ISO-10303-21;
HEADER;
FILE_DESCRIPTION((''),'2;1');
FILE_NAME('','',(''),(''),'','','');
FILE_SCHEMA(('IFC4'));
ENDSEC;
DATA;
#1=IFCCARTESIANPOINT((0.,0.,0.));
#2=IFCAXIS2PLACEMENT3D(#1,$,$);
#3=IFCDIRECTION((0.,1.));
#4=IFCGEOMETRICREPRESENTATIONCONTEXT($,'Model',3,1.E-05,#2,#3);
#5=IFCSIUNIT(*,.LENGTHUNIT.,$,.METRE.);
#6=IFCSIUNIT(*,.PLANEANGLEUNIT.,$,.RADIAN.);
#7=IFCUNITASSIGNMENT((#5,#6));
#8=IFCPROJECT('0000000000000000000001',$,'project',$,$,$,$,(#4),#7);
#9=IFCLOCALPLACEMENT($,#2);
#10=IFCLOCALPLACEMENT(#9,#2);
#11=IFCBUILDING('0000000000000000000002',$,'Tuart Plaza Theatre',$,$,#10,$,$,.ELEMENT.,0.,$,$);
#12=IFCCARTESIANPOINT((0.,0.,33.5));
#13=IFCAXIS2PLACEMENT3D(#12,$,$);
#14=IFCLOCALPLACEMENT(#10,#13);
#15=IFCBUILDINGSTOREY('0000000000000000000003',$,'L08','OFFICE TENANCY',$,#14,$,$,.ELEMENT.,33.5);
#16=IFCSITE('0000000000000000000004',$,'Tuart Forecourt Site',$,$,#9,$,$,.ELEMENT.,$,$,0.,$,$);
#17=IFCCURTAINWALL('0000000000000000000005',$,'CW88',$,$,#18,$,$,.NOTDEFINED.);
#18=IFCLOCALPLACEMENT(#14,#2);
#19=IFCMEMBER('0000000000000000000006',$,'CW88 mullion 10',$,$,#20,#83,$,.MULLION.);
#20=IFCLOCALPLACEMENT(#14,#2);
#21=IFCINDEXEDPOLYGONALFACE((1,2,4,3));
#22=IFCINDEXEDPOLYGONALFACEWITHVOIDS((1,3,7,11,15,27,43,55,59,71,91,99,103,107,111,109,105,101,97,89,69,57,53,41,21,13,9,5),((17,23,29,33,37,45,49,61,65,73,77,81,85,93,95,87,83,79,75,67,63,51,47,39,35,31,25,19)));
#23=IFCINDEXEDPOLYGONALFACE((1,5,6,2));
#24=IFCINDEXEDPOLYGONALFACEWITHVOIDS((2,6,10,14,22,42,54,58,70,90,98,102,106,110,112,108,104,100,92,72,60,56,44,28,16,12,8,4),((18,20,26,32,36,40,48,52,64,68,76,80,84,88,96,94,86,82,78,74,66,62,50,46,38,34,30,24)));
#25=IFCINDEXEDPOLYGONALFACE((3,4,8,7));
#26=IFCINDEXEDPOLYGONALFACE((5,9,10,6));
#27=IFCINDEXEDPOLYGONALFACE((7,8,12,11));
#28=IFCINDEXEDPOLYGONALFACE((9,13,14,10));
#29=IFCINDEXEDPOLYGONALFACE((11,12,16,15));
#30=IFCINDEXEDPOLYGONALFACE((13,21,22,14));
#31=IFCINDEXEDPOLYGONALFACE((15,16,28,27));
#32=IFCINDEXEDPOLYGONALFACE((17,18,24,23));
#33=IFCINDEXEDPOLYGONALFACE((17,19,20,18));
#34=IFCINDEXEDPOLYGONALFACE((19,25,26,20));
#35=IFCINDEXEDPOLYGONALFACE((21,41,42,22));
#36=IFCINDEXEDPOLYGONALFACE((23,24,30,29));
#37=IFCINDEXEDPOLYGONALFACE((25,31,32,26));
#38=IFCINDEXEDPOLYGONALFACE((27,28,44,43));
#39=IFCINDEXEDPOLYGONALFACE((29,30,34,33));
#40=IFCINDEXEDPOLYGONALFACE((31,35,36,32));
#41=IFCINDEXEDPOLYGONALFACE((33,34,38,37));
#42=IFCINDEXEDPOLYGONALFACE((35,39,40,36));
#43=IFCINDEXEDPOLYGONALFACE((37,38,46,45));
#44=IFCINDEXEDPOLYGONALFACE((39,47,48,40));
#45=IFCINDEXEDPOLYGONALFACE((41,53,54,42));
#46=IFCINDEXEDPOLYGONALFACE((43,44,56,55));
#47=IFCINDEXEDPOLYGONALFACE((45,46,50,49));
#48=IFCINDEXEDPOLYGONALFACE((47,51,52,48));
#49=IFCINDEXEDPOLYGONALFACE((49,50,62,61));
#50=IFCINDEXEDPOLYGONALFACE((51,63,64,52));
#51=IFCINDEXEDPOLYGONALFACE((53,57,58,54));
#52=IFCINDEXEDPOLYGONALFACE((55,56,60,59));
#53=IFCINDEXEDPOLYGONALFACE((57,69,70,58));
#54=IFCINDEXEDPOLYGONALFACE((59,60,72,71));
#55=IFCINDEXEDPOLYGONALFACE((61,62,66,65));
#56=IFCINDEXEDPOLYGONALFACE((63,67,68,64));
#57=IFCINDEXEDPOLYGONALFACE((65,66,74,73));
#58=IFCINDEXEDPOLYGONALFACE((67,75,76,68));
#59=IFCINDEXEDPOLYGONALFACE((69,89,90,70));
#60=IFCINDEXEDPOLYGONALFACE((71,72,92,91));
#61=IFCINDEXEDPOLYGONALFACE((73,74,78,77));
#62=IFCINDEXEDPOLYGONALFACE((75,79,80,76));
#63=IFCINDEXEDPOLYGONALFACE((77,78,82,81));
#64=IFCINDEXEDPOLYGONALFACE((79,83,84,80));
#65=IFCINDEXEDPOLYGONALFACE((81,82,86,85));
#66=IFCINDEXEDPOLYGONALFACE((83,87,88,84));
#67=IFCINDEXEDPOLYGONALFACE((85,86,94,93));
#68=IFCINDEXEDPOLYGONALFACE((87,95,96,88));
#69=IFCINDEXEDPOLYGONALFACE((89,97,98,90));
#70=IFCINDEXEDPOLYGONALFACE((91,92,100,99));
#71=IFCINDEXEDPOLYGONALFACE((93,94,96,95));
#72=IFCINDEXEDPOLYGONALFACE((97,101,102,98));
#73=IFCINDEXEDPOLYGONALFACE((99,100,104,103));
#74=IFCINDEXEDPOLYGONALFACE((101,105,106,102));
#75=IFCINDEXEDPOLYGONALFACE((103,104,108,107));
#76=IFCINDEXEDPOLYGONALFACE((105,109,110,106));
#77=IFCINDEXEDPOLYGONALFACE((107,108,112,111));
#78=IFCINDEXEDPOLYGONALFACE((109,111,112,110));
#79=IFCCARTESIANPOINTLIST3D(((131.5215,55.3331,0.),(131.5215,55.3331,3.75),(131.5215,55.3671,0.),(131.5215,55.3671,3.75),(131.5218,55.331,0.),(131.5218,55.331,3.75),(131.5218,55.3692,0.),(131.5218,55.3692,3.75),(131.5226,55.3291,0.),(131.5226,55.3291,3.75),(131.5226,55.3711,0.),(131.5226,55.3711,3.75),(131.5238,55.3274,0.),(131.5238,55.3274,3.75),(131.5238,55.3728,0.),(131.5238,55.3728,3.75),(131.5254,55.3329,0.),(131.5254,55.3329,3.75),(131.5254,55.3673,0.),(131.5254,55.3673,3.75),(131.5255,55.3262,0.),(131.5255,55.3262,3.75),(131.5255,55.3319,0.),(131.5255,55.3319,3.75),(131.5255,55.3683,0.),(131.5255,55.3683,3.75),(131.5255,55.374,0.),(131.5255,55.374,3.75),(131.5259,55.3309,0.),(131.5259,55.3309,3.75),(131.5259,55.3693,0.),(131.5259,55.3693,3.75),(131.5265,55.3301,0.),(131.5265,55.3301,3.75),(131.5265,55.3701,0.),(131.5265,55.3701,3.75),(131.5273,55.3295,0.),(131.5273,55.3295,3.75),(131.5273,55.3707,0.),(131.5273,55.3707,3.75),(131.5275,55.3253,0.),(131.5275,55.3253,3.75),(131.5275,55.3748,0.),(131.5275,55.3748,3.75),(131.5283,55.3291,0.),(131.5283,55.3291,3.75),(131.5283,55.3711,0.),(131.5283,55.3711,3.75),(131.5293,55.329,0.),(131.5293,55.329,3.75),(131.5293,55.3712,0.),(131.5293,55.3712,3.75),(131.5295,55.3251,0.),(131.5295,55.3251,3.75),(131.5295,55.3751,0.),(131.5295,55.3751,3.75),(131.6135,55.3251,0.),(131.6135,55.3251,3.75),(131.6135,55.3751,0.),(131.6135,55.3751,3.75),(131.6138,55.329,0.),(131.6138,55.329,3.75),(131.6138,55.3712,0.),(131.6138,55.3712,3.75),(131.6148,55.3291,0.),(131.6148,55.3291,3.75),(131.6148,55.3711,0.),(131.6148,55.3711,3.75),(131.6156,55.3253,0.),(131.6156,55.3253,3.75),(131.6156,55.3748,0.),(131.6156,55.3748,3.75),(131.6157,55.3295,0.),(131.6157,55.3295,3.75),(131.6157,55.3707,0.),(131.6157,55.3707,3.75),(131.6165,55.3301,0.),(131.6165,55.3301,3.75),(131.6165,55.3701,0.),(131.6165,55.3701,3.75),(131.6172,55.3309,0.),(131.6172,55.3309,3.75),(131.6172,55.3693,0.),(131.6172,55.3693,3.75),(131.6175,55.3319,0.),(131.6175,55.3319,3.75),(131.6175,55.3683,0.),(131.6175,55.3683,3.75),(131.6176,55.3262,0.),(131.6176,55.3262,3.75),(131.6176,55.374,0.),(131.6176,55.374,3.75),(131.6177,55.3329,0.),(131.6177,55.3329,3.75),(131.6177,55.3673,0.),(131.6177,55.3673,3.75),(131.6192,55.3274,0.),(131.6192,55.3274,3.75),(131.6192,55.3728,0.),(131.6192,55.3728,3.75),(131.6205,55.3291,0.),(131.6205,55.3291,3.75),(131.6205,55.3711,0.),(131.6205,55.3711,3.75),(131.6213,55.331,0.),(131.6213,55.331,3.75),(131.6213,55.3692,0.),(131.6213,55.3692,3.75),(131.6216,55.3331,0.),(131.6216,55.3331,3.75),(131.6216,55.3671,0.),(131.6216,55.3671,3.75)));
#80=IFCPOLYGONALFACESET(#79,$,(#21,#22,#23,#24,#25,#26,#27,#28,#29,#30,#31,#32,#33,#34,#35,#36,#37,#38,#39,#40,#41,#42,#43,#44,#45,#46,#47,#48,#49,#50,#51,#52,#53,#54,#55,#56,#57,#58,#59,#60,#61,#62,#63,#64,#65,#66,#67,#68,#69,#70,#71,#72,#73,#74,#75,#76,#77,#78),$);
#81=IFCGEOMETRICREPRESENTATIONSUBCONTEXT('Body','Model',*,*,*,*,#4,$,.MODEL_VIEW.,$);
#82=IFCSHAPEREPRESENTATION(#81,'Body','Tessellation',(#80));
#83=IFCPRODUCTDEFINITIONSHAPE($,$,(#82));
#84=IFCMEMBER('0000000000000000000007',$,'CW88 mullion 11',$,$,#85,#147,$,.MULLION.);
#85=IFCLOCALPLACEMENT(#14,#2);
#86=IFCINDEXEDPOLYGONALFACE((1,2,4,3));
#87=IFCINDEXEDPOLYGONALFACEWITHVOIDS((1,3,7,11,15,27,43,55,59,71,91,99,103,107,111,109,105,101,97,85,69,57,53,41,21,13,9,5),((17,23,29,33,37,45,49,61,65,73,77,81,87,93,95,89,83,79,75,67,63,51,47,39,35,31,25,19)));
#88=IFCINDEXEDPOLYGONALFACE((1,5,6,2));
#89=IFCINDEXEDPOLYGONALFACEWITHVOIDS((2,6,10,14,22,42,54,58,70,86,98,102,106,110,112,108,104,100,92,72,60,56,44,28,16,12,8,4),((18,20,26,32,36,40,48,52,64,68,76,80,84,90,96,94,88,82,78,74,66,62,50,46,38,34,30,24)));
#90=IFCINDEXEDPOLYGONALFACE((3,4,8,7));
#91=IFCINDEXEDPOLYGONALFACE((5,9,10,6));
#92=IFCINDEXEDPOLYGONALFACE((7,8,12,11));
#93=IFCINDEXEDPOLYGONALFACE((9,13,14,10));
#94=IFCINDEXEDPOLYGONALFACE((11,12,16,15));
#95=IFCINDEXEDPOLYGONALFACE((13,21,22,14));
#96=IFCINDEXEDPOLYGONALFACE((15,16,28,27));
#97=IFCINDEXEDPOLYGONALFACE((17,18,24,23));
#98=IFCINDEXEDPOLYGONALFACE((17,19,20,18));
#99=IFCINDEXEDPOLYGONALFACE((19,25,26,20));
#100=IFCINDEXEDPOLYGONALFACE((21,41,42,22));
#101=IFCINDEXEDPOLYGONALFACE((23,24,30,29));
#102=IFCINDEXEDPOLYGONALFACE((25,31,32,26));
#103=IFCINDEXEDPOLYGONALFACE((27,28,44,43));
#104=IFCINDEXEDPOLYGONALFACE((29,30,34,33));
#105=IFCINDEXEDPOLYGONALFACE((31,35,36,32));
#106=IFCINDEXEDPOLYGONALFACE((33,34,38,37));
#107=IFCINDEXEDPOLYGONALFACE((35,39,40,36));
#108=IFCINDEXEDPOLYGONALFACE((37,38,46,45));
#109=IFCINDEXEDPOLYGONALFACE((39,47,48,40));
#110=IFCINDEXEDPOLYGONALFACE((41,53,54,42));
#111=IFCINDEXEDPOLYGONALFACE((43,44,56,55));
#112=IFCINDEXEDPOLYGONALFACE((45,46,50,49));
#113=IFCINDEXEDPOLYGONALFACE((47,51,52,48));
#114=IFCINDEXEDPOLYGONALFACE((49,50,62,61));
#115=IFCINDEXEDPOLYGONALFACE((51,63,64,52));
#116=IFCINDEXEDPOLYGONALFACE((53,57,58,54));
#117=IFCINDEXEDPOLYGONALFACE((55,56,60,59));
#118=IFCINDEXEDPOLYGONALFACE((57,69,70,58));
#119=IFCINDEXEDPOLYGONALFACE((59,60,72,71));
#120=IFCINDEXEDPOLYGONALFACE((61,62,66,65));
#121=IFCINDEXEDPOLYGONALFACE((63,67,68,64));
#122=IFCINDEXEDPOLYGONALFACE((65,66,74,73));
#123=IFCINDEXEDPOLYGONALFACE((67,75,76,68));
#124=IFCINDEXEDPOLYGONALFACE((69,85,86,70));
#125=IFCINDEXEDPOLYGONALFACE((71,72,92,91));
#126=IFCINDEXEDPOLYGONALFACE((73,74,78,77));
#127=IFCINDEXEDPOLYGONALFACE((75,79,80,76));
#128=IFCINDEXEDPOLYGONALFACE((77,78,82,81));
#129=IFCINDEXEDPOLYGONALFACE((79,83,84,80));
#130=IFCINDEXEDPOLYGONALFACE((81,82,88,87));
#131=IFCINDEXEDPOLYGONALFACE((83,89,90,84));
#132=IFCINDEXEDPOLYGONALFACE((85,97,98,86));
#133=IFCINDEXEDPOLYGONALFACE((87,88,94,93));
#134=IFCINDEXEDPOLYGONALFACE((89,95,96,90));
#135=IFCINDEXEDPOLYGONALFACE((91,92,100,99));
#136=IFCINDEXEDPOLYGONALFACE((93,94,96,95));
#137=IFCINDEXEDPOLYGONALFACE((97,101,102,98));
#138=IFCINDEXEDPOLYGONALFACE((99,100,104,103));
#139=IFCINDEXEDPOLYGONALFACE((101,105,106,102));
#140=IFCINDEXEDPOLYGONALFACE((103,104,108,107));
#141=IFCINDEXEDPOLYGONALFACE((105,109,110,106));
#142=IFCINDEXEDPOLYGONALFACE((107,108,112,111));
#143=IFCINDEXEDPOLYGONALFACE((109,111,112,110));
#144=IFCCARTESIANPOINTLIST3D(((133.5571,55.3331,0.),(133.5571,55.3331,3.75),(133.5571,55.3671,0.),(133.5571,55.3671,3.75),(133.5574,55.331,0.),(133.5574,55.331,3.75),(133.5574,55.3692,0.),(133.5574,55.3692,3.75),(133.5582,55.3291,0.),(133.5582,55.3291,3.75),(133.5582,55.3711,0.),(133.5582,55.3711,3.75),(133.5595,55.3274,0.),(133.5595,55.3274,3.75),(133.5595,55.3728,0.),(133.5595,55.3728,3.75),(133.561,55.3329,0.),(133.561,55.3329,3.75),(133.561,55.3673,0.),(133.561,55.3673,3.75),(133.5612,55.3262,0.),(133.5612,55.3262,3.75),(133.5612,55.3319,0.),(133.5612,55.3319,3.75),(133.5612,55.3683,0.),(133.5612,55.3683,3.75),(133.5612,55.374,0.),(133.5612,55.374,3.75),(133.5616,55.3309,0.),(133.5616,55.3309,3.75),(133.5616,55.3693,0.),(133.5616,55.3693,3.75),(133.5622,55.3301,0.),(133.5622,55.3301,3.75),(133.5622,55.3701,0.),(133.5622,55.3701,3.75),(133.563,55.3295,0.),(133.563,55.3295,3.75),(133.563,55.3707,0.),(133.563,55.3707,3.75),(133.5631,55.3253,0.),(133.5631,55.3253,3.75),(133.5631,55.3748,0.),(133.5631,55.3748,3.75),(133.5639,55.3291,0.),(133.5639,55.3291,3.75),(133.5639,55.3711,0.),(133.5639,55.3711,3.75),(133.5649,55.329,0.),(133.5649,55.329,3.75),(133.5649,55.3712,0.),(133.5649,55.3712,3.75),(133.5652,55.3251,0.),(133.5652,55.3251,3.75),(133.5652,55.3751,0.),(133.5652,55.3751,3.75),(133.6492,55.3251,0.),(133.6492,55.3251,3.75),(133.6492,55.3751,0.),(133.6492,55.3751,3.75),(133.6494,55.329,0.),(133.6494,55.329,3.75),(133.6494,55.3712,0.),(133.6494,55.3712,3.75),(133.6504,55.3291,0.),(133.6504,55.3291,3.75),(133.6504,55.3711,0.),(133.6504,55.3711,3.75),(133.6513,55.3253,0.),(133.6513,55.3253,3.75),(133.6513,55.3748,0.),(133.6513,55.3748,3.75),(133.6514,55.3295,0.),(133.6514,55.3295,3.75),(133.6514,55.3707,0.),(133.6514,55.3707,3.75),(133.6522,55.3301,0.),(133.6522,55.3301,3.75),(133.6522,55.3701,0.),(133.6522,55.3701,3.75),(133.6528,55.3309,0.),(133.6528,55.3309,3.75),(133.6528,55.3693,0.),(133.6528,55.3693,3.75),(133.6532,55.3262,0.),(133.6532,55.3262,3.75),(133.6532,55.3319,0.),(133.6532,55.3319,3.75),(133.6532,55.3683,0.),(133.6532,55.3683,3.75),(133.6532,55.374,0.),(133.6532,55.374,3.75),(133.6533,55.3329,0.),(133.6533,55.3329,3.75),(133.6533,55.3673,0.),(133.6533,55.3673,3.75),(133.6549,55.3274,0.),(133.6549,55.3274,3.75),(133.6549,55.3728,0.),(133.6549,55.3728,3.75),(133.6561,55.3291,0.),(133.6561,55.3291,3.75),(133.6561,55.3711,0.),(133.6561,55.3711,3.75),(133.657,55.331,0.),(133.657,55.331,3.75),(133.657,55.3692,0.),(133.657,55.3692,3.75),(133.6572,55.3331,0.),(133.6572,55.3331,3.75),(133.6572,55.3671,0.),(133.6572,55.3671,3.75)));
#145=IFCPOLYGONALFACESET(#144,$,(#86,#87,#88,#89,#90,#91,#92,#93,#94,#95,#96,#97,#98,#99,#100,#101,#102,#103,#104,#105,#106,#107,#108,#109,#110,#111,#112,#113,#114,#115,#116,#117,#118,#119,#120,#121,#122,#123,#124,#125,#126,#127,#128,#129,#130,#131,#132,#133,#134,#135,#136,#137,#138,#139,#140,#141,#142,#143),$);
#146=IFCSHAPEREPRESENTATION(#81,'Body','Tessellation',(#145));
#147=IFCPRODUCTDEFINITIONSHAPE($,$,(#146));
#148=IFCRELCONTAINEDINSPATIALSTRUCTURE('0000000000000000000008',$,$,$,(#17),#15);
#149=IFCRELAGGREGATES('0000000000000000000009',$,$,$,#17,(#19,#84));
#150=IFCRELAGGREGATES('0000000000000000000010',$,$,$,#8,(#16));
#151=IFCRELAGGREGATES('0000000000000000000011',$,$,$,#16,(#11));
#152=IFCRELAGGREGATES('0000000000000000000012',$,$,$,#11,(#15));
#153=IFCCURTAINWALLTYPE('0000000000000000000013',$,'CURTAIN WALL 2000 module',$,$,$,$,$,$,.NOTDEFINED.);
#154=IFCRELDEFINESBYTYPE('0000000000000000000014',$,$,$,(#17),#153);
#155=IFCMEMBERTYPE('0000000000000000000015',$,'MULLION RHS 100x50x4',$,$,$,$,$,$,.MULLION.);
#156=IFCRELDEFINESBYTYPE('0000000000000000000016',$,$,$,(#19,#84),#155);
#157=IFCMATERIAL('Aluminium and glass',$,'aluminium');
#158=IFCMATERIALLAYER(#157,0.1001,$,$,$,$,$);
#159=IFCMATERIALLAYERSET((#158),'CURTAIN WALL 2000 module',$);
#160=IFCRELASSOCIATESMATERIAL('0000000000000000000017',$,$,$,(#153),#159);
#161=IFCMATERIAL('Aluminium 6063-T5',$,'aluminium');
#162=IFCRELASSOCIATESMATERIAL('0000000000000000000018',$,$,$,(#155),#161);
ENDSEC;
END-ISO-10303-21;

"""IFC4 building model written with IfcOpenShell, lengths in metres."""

from ifc_helpers import new_model, si_unit, direction, frame, origin, origin_2d, place, context, subcontext, project, spatial, hollow_rectangle, extrude, material, layer, layer_set, material_profile, profile_set, type_object, element, aggregate, save


model = new_model("IFC4")

# Units and contexts
model_context = context("Model", 3, precision=1e-05, world=origin(), true_north=direction((0.0, 1.0)))
body_context = subcontext(model_context, "Body", "Model", "MODEL_VIEW")
ifc_project = project(units=[si_unit("LENGTHUNIT", "METRE"), si_unit("PLANEANGLEUNIT", "RADIAN")], contexts=[model_context])

# Site, building, storey
site_placement = place(None, origin())
site = spatial("IfcSite", under=ifc_project, at=site_placement, Name="Tuart Forecourt Site", CompositionType="ELEMENT", RefElevation=0.0)
building_placement = place(site_placement, origin())
building = spatial("IfcBuilding", under=site, at=building_placement, Name="Tuart Plaza Theatre", CompositionType="ELEMENT", ElevationOfRefHeight=0.0)
storey_placement = place(building_placement, frame((0.0, 0.0, 33.5)))
storey = spatial("IfcBuildingStorey", under=building, at=storey_placement, Name="L08", Description="OFFICE TENANCY", CompositionType="ELEMENT", Elevation=33.5)

# Curtain wall, members
ifc_material_1 = material(Name="Aluminium and glass", Category="aluminium")
ifc_layer_1 = layer(ifc_material_1, 0.1001)
ifc_layer_set_1 = layer_set([ifc_layer_1], Name="CURTAIN WALL 2000 module")
curtain_wall_type = type_object("IfcCurtainWallType", Name="CURTAIN WALL 2000 module", PredefinedType="NOTDEFINED", material=ifc_layer_set_1)
curtain_wall_placement = place(storey_placement, origin())
curtain_wall = element("IfcCurtainWall", 1, at=curtain_wall_placement, inside=storey, type_object=curtain_wall_type, Name="CW88", PredefinedType="NOTDEFINED")
ifc_material_2 = material(Name="Aluminium 6063-T5", Category="aluminium")
ifc_material_profile_1 = material_profile(ifc_material_2, hollow_rectangle(XDim=0.05, YDim=0.1001, WallThickness=0.0039, InnerFilletRadius=0.0039, OuterFilletRadius=0.0081, at=origin_2d()), Name="RHS 100x50x4")
ifc_profile_set_1 = profile_set([ifc_material_profile_1], Name="Aluminium 6063-T5")
member_type_1 = type_object("IfcMemberType", Name="MULLION RHS 100x50x4", PredefinedType="MULLION", material=ifc_profile_set_1)
member_1_placement = place(storey_placement, frame((131.5715, 55.3501, 0.0), z_axis=(0.0, 0.0, 1.0), x_axis=(0.0, 1.0, 0.0)))
member_1 = element("IfcMember", 2, at=member_1_placement, type_object=member_type_1, Name="CW88 mullion 10", PredefinedType="MULLION", context=body_context, shape_type="SweptSolid", body=[
    extrude(hollow_rectangle(XDim=0.05, YDim=0.1001, WallThickness=0.0039, InnerFilletRadius=0.0039, OuterFilletRadius=0.0081, at=origin_2d()), origin(), (0.0, 0.0, 1.0), 3.75),
])
member_2_placement = place(storey_placement, frame((133.6072, 55.3501, 0.0), z_axis=(0.0, 0.0, 1.0), x_axis=(0.0, 1.0, 0.0)))
member_2 = element("IfcMember", 3, at=member_2_placement, type_object=member_type_1, Name="CW88 mullion 11", PredefinedType="MULLION", context=body_context, shape_type="SweptSolid", body=[
    extrude(hollow_rectangle(XDim=0.05, YDim=0.1001, WallThickness=0.0039, InnerFilletRadius=0.0039, OuterFilletRadius=0.0081, at=origin_2d()), origin(), (0.0, 0.0, 1.0), 3.75),
])
aggregate(curtain_wall, [member_1, member_2])

save(model, "model.ifc")
